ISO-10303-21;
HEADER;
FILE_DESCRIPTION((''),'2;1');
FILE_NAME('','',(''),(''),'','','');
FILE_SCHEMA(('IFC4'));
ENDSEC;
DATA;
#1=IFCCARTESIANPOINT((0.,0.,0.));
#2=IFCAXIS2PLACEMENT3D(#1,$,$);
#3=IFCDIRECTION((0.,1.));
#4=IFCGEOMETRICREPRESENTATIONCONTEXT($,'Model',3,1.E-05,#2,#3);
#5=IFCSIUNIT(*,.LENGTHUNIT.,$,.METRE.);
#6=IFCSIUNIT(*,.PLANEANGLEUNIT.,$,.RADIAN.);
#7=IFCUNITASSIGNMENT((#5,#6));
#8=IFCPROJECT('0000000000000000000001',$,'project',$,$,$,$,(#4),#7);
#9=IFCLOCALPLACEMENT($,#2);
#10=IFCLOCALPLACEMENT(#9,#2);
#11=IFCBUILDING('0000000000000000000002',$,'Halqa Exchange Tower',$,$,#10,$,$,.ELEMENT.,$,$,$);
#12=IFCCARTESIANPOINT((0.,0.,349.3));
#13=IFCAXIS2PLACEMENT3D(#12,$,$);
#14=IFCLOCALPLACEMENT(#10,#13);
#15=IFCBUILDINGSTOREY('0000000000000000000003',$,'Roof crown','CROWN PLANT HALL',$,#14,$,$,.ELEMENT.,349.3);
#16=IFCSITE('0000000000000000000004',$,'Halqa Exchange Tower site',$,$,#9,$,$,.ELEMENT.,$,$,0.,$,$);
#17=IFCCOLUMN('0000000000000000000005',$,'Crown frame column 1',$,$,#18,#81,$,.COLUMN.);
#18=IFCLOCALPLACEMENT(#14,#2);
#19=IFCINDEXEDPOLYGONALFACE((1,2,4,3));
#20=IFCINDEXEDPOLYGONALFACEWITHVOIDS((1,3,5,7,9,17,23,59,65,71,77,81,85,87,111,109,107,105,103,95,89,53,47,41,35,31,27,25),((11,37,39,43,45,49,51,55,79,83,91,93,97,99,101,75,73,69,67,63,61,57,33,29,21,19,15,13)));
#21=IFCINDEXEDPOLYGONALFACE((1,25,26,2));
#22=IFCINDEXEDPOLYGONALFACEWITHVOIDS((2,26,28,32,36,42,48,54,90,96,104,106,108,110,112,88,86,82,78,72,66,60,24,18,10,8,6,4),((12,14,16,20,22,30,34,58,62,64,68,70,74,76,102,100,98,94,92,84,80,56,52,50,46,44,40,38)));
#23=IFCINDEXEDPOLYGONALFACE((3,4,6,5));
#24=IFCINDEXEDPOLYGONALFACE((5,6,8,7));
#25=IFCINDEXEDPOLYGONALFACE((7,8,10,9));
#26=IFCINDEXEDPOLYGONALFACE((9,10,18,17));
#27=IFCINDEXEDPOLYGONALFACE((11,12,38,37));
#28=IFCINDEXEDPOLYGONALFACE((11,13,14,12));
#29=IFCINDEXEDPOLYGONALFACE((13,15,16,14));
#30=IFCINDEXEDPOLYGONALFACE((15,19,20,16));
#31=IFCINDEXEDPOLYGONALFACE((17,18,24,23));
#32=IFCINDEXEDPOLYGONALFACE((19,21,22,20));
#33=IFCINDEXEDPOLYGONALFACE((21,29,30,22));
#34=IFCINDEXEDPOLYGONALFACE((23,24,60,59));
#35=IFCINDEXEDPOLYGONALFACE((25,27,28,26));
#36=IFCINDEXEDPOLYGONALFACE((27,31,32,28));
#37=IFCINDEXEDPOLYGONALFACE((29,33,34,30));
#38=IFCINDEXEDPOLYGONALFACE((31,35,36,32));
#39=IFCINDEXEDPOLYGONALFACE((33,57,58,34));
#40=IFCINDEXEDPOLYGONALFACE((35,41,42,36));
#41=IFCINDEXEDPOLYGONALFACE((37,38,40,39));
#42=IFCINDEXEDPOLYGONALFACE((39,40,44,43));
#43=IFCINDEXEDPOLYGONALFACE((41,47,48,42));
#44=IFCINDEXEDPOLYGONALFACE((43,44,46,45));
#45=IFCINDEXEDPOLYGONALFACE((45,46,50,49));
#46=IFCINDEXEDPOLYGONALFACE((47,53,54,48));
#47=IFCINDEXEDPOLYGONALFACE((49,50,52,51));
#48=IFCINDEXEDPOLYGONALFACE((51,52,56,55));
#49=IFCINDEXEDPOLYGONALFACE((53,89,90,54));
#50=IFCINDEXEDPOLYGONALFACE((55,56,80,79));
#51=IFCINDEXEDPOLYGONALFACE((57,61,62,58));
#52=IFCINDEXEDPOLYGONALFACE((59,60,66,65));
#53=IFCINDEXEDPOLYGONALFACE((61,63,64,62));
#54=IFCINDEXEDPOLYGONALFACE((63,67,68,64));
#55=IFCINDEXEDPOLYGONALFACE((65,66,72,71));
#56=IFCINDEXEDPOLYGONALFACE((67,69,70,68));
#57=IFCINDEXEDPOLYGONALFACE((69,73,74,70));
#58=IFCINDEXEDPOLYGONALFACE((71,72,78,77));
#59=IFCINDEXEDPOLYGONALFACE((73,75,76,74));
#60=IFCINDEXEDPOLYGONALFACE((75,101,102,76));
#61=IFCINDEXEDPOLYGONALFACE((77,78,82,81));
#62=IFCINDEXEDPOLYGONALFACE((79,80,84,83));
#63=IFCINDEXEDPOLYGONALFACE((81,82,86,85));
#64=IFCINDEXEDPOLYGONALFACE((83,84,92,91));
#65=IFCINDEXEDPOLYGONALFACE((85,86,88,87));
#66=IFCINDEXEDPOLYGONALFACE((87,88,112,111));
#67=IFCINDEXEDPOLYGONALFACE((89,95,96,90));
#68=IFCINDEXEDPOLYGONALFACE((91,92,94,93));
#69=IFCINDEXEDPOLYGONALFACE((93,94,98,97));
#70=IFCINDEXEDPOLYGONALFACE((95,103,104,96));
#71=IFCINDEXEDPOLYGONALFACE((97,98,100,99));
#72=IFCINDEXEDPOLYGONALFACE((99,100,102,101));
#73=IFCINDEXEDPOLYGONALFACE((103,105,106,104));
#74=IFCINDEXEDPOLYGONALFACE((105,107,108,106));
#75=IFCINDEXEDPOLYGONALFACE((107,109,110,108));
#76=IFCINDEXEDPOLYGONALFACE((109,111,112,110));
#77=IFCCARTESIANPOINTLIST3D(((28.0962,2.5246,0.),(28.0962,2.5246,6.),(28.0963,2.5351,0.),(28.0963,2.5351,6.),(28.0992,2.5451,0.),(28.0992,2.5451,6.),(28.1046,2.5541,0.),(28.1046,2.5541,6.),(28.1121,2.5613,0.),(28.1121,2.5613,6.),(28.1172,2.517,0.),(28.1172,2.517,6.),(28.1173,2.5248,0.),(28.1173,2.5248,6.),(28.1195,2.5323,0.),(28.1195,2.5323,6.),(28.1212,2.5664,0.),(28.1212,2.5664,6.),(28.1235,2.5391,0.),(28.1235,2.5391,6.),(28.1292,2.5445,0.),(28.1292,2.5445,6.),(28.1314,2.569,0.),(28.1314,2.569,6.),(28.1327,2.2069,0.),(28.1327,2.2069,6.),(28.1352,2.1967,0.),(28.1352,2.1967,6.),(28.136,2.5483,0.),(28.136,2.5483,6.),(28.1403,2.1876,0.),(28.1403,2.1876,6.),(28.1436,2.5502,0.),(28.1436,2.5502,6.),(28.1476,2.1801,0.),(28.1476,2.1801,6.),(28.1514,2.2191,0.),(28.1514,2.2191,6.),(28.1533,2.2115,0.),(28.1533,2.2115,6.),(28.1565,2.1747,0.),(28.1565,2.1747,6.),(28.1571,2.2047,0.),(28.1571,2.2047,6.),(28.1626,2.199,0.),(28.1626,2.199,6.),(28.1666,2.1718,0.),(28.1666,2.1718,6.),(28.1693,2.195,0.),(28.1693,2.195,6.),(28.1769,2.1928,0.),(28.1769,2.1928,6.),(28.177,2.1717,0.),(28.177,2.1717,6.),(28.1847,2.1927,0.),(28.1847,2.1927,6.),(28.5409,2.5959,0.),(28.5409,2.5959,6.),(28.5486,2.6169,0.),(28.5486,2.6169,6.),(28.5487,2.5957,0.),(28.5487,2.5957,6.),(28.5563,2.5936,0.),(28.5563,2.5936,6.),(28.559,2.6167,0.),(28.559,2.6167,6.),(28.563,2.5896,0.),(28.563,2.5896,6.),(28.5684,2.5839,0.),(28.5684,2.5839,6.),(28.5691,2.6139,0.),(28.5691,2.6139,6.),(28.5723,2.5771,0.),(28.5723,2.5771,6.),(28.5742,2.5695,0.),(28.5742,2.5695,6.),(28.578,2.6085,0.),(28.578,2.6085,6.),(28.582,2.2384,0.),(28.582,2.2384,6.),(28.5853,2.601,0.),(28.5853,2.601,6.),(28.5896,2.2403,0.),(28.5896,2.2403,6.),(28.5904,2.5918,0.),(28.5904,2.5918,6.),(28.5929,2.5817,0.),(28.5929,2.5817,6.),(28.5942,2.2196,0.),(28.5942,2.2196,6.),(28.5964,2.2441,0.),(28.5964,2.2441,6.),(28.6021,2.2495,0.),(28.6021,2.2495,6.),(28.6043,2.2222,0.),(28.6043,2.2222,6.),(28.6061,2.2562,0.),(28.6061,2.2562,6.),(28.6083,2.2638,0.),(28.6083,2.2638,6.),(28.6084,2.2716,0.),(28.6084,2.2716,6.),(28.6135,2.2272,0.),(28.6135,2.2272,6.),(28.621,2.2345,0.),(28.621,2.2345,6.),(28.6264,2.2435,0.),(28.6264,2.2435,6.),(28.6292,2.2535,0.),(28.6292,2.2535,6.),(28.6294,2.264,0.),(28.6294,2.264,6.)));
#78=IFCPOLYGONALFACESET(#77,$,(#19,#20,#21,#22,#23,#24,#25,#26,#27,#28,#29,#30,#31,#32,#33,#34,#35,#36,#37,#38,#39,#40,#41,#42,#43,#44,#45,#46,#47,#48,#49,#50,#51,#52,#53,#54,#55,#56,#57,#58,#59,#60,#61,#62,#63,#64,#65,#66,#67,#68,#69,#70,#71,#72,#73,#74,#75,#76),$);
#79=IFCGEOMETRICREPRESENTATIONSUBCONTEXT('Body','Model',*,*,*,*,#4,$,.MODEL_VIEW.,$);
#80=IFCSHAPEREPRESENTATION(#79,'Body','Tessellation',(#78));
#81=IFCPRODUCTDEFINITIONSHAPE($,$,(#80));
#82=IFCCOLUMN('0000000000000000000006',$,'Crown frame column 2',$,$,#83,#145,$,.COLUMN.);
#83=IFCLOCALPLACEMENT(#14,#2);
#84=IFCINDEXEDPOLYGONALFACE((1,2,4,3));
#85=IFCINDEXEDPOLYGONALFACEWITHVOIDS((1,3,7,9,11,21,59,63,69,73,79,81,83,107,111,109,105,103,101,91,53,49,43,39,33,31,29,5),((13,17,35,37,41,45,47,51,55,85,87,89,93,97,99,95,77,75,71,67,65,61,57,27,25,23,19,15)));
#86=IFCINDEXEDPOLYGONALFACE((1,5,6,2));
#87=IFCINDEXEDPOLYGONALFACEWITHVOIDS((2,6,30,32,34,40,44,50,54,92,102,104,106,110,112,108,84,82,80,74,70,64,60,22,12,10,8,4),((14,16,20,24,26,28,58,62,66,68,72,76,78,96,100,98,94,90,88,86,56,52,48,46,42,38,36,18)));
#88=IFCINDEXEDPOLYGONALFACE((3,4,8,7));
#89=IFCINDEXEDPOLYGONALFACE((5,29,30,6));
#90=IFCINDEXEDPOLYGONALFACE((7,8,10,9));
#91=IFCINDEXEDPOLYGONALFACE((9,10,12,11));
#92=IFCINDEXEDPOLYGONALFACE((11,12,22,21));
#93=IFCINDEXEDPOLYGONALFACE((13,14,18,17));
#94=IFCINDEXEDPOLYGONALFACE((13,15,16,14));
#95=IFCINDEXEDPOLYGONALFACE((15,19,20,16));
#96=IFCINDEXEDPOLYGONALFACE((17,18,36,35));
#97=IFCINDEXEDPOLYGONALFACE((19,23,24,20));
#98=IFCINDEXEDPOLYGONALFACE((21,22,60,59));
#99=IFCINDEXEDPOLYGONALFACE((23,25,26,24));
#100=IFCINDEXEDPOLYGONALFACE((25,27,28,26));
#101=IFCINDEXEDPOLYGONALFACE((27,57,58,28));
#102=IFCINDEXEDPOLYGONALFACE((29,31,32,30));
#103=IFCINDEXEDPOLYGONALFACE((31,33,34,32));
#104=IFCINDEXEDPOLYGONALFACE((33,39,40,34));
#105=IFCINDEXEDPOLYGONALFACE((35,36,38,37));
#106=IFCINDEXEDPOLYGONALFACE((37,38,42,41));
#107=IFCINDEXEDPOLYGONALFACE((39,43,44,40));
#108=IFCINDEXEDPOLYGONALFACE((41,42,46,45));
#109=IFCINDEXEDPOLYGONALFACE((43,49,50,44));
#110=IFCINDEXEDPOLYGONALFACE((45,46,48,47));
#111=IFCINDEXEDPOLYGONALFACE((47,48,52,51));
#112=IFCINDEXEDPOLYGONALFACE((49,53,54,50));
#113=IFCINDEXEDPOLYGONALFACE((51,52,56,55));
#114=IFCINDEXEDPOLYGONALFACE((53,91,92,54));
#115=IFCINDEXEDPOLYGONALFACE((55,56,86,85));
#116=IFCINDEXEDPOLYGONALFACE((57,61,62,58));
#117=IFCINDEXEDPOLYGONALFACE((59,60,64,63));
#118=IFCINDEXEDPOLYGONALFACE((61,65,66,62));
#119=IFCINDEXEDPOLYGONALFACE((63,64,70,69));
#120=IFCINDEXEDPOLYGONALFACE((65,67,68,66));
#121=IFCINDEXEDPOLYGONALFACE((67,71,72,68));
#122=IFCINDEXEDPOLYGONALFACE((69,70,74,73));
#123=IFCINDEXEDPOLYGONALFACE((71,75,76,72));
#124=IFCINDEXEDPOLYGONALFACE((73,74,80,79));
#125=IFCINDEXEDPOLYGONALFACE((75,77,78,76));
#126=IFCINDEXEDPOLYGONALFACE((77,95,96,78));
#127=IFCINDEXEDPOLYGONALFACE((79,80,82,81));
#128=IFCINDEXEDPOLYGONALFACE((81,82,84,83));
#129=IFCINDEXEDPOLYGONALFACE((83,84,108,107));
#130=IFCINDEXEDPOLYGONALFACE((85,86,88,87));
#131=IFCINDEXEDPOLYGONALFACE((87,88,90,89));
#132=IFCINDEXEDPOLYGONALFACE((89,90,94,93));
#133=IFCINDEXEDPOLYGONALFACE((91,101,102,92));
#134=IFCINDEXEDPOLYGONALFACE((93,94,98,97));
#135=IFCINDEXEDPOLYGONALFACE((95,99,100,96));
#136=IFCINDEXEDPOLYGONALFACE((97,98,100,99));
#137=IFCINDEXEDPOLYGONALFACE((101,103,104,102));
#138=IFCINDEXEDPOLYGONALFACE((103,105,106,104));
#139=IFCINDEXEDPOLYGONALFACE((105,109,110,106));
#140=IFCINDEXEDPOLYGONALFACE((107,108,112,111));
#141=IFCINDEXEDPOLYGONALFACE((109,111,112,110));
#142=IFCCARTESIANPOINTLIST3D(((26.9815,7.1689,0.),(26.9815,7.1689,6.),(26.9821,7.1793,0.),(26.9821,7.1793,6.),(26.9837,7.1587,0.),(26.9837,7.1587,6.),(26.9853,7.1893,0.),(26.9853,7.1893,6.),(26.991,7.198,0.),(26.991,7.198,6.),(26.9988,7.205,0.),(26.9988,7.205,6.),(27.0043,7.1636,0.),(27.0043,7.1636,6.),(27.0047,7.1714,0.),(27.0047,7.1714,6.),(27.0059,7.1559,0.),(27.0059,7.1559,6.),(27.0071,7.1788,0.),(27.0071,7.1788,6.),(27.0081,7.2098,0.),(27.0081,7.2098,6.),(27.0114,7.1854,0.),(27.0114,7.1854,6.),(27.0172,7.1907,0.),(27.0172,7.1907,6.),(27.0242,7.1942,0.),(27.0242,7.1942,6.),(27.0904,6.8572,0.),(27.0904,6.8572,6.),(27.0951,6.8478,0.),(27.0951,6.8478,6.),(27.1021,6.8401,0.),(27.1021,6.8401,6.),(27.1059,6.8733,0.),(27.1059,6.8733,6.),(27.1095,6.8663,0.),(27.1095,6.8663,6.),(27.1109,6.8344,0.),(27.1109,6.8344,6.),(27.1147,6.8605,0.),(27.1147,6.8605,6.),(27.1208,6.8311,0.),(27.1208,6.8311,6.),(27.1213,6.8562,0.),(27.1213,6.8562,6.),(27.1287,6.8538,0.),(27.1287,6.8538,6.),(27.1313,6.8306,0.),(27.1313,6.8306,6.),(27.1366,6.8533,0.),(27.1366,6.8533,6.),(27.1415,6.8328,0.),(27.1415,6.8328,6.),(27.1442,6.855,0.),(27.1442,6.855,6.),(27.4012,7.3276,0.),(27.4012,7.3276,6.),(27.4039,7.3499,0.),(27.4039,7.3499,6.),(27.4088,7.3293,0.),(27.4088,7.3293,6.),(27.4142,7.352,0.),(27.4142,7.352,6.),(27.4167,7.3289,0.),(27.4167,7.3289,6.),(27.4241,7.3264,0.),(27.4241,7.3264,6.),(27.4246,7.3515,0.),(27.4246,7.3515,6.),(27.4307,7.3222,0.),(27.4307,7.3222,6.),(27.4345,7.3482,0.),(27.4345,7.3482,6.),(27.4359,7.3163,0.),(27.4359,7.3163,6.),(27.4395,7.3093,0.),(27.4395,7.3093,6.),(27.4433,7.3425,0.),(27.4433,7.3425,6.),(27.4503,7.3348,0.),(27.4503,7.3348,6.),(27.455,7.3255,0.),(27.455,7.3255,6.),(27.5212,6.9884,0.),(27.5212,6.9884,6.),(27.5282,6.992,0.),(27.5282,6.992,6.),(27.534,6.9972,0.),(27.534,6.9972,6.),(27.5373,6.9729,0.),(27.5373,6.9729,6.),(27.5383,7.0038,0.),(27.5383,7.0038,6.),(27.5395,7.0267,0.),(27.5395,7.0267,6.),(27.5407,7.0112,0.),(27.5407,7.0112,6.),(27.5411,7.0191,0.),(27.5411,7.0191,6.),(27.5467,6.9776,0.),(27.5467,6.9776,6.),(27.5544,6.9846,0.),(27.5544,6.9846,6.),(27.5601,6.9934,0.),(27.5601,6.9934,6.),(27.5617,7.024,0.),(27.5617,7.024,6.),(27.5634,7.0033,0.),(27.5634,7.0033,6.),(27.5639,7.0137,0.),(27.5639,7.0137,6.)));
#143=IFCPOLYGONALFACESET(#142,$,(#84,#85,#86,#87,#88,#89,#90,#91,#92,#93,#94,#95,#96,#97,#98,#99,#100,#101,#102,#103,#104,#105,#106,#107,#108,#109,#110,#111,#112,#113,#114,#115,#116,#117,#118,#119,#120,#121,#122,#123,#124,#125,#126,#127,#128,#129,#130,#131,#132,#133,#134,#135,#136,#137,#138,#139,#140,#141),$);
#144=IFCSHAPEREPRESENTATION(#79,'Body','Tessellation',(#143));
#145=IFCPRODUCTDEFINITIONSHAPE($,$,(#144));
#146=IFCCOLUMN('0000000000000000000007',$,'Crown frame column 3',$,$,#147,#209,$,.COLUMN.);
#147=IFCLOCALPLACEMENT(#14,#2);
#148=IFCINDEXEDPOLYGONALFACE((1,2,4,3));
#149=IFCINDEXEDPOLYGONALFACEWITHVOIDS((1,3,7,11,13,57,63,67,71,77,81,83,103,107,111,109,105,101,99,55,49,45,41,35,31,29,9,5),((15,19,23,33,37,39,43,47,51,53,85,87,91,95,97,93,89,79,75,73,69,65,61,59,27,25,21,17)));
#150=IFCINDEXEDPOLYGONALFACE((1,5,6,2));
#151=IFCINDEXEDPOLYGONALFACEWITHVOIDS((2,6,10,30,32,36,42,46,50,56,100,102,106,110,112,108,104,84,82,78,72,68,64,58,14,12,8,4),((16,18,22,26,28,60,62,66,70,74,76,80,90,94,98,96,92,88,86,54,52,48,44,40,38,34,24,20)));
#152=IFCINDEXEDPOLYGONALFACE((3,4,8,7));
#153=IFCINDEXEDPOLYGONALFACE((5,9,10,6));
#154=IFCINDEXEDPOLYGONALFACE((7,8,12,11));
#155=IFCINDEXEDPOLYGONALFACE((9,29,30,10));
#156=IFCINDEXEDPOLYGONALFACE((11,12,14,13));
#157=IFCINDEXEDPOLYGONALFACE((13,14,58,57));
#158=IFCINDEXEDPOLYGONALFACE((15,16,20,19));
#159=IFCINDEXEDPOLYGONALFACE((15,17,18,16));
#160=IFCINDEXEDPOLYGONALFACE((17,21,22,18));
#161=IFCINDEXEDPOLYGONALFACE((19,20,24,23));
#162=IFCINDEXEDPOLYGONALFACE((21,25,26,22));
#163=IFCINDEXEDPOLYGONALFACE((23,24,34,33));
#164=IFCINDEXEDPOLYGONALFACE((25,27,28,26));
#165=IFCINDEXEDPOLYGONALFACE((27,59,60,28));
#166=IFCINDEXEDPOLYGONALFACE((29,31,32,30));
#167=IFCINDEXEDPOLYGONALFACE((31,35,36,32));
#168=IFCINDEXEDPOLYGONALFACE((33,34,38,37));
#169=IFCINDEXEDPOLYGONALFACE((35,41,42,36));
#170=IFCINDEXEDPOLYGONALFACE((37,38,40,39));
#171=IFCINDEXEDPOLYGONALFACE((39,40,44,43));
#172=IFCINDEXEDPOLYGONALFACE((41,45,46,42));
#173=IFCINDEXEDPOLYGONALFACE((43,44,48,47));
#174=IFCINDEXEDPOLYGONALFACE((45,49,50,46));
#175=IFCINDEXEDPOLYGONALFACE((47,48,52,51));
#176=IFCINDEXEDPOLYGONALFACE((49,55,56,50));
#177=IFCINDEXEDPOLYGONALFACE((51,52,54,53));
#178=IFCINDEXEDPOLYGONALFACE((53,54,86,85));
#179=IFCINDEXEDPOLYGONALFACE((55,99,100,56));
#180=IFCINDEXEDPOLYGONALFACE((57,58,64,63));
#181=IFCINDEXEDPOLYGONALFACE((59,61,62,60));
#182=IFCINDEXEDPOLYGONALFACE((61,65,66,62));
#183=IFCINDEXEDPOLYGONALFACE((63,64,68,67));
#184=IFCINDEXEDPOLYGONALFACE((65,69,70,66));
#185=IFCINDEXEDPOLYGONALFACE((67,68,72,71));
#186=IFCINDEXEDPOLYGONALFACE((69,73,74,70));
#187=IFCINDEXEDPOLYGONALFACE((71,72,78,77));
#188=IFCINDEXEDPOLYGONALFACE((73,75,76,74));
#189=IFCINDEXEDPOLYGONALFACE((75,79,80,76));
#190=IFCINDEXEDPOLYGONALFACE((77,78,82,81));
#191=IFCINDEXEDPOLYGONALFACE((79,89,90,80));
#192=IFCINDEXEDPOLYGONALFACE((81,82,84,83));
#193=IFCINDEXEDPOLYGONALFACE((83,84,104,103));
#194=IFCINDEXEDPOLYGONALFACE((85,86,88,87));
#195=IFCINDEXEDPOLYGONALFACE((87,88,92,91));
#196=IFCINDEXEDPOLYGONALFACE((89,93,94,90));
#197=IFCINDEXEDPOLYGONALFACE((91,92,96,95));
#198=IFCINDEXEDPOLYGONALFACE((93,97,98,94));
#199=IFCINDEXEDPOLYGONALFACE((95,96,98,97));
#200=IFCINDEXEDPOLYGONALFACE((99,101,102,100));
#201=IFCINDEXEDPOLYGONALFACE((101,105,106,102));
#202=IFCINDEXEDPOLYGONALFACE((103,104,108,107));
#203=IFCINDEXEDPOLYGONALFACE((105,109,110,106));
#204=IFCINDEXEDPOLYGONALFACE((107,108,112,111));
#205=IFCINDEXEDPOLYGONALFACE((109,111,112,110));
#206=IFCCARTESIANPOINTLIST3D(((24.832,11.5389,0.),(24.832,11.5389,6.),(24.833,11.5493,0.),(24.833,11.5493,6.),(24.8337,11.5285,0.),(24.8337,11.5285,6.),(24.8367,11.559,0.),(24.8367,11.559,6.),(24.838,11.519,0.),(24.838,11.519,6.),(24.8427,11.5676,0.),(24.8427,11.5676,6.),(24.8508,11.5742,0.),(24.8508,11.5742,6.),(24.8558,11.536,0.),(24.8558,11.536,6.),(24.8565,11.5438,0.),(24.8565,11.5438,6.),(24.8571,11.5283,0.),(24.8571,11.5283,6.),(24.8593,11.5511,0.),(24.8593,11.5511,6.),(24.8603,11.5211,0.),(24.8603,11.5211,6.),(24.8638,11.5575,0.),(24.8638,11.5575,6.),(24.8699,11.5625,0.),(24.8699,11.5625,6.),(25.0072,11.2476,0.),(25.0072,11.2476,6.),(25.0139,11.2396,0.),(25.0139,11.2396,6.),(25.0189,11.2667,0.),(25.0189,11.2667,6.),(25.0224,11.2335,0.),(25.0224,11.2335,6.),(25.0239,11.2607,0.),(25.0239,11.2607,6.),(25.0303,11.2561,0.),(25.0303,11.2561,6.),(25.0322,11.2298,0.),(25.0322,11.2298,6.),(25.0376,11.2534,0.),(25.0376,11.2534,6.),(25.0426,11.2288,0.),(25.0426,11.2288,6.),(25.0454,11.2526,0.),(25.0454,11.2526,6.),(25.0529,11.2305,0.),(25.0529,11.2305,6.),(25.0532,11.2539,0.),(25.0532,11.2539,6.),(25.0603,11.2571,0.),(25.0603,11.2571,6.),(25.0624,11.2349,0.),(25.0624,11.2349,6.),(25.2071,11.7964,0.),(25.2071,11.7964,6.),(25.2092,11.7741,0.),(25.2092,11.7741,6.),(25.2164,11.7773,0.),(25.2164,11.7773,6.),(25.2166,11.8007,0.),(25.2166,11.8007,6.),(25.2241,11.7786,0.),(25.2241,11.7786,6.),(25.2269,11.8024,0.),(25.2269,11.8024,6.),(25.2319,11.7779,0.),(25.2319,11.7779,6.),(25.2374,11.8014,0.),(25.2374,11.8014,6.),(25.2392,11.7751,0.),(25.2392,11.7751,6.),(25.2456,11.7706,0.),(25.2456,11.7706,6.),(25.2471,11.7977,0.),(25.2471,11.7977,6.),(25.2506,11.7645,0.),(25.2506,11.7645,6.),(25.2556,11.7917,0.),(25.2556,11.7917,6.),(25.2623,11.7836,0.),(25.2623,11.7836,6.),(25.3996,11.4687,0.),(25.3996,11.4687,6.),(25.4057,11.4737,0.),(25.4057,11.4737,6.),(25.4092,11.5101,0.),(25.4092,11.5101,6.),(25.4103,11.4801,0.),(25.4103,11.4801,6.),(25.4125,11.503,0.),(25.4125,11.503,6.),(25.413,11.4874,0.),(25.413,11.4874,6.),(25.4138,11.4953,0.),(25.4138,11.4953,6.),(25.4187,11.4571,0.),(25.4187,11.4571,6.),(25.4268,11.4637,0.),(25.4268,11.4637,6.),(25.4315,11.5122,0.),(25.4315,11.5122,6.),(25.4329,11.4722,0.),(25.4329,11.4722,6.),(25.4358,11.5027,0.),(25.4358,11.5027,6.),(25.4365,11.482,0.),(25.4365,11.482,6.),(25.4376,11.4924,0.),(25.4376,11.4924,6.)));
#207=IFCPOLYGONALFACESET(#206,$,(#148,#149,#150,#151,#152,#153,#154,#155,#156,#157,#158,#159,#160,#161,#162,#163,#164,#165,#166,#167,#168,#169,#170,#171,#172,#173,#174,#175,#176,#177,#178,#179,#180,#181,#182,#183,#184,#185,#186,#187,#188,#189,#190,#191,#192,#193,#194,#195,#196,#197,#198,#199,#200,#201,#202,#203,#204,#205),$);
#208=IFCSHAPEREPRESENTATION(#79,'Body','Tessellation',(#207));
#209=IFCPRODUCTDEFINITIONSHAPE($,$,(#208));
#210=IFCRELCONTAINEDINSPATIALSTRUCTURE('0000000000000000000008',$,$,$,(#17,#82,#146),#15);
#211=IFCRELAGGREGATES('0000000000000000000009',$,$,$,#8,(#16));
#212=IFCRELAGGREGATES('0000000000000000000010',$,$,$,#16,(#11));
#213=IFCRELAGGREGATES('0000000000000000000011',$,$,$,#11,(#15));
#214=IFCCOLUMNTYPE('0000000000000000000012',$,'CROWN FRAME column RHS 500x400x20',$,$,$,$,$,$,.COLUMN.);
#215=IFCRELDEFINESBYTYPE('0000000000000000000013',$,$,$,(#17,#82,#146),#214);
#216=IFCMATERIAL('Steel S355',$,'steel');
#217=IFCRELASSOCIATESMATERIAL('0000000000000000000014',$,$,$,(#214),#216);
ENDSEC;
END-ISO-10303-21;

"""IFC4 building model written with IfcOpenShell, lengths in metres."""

from ifc_helpers import new_model, si_unit, direction, frame, origin, origin_2d, place, context, subcontext, project, spatial, hollow_rectangle, extrude, material, material_profile, profile_set, type_object, element, save


model = new_model("IFC4")

# Units and contexts
model_context = context("Model", 3, precision=1e-05, world=origin(), true_north=direction((0.0, 1.0)))
body_context = subcontext(model_context, "Body", "Model", "MODEL_VIEW")
ifc_project = project(units=[si_unit("LENGTHUNIT", "METRE"), si_unit("PLANEANGLEUNIT", "RADIAN")], contexts=[model_context])

# Site, building, storey
site_placement = place(None, origin())
site = spatial("IfcSite", under=ifc_project, at=site_placement, Name="Halqa Exchange Tower site", CompositionType="ELEMENT", RefElevation=0.0)
building_placement = place(site_placement, origin())
building = spatial("IfcBuilding", under=site, at=building_placement, Name="Halqa Exchange Tower", CompositionType="ELEMENT")
storey_placement = place(building_placement, frame((0.0, 0.0, 349.3)))
storey = spatial("IfcBuildingStorey", under=building, at=storey_placement, Name="Roof crown", Description="CROWN PLANT HALL", CompositionType="ELEMENT", Elevation=349.3)

# Columns
ifc_material_1 = material(Name="Steel S355", Category="steel")
ifc_material_profile_1 = material_profile(ifc_material_1, hollow_rectangle(XDim=0.3999, YDim=0.5, WallThickness=0.02, InnerFilletRadius=0.03, OuterFilletRadius=0.04, at=origin_2d()), Name="RHS 500x400x20")
ifc_profile_set_1 = profile_set([ifc_material_profile_1], Name="Steel S355")
column_type = type_object("IfcColumnType", Name="CROWN FRAME column RHS 500x400x20", PredefinedType="COLUMN", material=ifc_profile_set_1)
for number, where, z_axis, x_axis, name in (
    (1, (28.3628, 2.3943, 0.0), (0.0, 0.0, 1.0), (-0.11416, 0.993462, 0.0), "Crown frame column 1"),
    (2, (27.2727, 7.0913, 0.0), (0.0, 0.0, 1.0), (-0.333624, 0.942706, 0.0), "Crown frame column 2"),
    (3, (25.1348, 11.5156, 0.0), (0.0, 0.0, 1.0), (-0.52914, 0.848534, 0.0), "Crown frame column 3"),
):
    element("IfcColumn", number, at=place(storey_placement, frame(where, z_axis=z_axis, x_axis=x_axis)), inside=storey, type_object=column_type, Name=name, PredefinedType="COLUMN", context=body_context, shape_type="SweptSolid", body=[
        extrude(hollow_rectangle(XDim=0.3999, YDim=0.5, WallThickness=0.02, InnerFilletRadius=0.03, OuterFilletRadius=0.04, at=origin_2d()), origin(), (0.0, 0.0, 1.0), 6.0),
    ])

save(model, "model.ifc")
